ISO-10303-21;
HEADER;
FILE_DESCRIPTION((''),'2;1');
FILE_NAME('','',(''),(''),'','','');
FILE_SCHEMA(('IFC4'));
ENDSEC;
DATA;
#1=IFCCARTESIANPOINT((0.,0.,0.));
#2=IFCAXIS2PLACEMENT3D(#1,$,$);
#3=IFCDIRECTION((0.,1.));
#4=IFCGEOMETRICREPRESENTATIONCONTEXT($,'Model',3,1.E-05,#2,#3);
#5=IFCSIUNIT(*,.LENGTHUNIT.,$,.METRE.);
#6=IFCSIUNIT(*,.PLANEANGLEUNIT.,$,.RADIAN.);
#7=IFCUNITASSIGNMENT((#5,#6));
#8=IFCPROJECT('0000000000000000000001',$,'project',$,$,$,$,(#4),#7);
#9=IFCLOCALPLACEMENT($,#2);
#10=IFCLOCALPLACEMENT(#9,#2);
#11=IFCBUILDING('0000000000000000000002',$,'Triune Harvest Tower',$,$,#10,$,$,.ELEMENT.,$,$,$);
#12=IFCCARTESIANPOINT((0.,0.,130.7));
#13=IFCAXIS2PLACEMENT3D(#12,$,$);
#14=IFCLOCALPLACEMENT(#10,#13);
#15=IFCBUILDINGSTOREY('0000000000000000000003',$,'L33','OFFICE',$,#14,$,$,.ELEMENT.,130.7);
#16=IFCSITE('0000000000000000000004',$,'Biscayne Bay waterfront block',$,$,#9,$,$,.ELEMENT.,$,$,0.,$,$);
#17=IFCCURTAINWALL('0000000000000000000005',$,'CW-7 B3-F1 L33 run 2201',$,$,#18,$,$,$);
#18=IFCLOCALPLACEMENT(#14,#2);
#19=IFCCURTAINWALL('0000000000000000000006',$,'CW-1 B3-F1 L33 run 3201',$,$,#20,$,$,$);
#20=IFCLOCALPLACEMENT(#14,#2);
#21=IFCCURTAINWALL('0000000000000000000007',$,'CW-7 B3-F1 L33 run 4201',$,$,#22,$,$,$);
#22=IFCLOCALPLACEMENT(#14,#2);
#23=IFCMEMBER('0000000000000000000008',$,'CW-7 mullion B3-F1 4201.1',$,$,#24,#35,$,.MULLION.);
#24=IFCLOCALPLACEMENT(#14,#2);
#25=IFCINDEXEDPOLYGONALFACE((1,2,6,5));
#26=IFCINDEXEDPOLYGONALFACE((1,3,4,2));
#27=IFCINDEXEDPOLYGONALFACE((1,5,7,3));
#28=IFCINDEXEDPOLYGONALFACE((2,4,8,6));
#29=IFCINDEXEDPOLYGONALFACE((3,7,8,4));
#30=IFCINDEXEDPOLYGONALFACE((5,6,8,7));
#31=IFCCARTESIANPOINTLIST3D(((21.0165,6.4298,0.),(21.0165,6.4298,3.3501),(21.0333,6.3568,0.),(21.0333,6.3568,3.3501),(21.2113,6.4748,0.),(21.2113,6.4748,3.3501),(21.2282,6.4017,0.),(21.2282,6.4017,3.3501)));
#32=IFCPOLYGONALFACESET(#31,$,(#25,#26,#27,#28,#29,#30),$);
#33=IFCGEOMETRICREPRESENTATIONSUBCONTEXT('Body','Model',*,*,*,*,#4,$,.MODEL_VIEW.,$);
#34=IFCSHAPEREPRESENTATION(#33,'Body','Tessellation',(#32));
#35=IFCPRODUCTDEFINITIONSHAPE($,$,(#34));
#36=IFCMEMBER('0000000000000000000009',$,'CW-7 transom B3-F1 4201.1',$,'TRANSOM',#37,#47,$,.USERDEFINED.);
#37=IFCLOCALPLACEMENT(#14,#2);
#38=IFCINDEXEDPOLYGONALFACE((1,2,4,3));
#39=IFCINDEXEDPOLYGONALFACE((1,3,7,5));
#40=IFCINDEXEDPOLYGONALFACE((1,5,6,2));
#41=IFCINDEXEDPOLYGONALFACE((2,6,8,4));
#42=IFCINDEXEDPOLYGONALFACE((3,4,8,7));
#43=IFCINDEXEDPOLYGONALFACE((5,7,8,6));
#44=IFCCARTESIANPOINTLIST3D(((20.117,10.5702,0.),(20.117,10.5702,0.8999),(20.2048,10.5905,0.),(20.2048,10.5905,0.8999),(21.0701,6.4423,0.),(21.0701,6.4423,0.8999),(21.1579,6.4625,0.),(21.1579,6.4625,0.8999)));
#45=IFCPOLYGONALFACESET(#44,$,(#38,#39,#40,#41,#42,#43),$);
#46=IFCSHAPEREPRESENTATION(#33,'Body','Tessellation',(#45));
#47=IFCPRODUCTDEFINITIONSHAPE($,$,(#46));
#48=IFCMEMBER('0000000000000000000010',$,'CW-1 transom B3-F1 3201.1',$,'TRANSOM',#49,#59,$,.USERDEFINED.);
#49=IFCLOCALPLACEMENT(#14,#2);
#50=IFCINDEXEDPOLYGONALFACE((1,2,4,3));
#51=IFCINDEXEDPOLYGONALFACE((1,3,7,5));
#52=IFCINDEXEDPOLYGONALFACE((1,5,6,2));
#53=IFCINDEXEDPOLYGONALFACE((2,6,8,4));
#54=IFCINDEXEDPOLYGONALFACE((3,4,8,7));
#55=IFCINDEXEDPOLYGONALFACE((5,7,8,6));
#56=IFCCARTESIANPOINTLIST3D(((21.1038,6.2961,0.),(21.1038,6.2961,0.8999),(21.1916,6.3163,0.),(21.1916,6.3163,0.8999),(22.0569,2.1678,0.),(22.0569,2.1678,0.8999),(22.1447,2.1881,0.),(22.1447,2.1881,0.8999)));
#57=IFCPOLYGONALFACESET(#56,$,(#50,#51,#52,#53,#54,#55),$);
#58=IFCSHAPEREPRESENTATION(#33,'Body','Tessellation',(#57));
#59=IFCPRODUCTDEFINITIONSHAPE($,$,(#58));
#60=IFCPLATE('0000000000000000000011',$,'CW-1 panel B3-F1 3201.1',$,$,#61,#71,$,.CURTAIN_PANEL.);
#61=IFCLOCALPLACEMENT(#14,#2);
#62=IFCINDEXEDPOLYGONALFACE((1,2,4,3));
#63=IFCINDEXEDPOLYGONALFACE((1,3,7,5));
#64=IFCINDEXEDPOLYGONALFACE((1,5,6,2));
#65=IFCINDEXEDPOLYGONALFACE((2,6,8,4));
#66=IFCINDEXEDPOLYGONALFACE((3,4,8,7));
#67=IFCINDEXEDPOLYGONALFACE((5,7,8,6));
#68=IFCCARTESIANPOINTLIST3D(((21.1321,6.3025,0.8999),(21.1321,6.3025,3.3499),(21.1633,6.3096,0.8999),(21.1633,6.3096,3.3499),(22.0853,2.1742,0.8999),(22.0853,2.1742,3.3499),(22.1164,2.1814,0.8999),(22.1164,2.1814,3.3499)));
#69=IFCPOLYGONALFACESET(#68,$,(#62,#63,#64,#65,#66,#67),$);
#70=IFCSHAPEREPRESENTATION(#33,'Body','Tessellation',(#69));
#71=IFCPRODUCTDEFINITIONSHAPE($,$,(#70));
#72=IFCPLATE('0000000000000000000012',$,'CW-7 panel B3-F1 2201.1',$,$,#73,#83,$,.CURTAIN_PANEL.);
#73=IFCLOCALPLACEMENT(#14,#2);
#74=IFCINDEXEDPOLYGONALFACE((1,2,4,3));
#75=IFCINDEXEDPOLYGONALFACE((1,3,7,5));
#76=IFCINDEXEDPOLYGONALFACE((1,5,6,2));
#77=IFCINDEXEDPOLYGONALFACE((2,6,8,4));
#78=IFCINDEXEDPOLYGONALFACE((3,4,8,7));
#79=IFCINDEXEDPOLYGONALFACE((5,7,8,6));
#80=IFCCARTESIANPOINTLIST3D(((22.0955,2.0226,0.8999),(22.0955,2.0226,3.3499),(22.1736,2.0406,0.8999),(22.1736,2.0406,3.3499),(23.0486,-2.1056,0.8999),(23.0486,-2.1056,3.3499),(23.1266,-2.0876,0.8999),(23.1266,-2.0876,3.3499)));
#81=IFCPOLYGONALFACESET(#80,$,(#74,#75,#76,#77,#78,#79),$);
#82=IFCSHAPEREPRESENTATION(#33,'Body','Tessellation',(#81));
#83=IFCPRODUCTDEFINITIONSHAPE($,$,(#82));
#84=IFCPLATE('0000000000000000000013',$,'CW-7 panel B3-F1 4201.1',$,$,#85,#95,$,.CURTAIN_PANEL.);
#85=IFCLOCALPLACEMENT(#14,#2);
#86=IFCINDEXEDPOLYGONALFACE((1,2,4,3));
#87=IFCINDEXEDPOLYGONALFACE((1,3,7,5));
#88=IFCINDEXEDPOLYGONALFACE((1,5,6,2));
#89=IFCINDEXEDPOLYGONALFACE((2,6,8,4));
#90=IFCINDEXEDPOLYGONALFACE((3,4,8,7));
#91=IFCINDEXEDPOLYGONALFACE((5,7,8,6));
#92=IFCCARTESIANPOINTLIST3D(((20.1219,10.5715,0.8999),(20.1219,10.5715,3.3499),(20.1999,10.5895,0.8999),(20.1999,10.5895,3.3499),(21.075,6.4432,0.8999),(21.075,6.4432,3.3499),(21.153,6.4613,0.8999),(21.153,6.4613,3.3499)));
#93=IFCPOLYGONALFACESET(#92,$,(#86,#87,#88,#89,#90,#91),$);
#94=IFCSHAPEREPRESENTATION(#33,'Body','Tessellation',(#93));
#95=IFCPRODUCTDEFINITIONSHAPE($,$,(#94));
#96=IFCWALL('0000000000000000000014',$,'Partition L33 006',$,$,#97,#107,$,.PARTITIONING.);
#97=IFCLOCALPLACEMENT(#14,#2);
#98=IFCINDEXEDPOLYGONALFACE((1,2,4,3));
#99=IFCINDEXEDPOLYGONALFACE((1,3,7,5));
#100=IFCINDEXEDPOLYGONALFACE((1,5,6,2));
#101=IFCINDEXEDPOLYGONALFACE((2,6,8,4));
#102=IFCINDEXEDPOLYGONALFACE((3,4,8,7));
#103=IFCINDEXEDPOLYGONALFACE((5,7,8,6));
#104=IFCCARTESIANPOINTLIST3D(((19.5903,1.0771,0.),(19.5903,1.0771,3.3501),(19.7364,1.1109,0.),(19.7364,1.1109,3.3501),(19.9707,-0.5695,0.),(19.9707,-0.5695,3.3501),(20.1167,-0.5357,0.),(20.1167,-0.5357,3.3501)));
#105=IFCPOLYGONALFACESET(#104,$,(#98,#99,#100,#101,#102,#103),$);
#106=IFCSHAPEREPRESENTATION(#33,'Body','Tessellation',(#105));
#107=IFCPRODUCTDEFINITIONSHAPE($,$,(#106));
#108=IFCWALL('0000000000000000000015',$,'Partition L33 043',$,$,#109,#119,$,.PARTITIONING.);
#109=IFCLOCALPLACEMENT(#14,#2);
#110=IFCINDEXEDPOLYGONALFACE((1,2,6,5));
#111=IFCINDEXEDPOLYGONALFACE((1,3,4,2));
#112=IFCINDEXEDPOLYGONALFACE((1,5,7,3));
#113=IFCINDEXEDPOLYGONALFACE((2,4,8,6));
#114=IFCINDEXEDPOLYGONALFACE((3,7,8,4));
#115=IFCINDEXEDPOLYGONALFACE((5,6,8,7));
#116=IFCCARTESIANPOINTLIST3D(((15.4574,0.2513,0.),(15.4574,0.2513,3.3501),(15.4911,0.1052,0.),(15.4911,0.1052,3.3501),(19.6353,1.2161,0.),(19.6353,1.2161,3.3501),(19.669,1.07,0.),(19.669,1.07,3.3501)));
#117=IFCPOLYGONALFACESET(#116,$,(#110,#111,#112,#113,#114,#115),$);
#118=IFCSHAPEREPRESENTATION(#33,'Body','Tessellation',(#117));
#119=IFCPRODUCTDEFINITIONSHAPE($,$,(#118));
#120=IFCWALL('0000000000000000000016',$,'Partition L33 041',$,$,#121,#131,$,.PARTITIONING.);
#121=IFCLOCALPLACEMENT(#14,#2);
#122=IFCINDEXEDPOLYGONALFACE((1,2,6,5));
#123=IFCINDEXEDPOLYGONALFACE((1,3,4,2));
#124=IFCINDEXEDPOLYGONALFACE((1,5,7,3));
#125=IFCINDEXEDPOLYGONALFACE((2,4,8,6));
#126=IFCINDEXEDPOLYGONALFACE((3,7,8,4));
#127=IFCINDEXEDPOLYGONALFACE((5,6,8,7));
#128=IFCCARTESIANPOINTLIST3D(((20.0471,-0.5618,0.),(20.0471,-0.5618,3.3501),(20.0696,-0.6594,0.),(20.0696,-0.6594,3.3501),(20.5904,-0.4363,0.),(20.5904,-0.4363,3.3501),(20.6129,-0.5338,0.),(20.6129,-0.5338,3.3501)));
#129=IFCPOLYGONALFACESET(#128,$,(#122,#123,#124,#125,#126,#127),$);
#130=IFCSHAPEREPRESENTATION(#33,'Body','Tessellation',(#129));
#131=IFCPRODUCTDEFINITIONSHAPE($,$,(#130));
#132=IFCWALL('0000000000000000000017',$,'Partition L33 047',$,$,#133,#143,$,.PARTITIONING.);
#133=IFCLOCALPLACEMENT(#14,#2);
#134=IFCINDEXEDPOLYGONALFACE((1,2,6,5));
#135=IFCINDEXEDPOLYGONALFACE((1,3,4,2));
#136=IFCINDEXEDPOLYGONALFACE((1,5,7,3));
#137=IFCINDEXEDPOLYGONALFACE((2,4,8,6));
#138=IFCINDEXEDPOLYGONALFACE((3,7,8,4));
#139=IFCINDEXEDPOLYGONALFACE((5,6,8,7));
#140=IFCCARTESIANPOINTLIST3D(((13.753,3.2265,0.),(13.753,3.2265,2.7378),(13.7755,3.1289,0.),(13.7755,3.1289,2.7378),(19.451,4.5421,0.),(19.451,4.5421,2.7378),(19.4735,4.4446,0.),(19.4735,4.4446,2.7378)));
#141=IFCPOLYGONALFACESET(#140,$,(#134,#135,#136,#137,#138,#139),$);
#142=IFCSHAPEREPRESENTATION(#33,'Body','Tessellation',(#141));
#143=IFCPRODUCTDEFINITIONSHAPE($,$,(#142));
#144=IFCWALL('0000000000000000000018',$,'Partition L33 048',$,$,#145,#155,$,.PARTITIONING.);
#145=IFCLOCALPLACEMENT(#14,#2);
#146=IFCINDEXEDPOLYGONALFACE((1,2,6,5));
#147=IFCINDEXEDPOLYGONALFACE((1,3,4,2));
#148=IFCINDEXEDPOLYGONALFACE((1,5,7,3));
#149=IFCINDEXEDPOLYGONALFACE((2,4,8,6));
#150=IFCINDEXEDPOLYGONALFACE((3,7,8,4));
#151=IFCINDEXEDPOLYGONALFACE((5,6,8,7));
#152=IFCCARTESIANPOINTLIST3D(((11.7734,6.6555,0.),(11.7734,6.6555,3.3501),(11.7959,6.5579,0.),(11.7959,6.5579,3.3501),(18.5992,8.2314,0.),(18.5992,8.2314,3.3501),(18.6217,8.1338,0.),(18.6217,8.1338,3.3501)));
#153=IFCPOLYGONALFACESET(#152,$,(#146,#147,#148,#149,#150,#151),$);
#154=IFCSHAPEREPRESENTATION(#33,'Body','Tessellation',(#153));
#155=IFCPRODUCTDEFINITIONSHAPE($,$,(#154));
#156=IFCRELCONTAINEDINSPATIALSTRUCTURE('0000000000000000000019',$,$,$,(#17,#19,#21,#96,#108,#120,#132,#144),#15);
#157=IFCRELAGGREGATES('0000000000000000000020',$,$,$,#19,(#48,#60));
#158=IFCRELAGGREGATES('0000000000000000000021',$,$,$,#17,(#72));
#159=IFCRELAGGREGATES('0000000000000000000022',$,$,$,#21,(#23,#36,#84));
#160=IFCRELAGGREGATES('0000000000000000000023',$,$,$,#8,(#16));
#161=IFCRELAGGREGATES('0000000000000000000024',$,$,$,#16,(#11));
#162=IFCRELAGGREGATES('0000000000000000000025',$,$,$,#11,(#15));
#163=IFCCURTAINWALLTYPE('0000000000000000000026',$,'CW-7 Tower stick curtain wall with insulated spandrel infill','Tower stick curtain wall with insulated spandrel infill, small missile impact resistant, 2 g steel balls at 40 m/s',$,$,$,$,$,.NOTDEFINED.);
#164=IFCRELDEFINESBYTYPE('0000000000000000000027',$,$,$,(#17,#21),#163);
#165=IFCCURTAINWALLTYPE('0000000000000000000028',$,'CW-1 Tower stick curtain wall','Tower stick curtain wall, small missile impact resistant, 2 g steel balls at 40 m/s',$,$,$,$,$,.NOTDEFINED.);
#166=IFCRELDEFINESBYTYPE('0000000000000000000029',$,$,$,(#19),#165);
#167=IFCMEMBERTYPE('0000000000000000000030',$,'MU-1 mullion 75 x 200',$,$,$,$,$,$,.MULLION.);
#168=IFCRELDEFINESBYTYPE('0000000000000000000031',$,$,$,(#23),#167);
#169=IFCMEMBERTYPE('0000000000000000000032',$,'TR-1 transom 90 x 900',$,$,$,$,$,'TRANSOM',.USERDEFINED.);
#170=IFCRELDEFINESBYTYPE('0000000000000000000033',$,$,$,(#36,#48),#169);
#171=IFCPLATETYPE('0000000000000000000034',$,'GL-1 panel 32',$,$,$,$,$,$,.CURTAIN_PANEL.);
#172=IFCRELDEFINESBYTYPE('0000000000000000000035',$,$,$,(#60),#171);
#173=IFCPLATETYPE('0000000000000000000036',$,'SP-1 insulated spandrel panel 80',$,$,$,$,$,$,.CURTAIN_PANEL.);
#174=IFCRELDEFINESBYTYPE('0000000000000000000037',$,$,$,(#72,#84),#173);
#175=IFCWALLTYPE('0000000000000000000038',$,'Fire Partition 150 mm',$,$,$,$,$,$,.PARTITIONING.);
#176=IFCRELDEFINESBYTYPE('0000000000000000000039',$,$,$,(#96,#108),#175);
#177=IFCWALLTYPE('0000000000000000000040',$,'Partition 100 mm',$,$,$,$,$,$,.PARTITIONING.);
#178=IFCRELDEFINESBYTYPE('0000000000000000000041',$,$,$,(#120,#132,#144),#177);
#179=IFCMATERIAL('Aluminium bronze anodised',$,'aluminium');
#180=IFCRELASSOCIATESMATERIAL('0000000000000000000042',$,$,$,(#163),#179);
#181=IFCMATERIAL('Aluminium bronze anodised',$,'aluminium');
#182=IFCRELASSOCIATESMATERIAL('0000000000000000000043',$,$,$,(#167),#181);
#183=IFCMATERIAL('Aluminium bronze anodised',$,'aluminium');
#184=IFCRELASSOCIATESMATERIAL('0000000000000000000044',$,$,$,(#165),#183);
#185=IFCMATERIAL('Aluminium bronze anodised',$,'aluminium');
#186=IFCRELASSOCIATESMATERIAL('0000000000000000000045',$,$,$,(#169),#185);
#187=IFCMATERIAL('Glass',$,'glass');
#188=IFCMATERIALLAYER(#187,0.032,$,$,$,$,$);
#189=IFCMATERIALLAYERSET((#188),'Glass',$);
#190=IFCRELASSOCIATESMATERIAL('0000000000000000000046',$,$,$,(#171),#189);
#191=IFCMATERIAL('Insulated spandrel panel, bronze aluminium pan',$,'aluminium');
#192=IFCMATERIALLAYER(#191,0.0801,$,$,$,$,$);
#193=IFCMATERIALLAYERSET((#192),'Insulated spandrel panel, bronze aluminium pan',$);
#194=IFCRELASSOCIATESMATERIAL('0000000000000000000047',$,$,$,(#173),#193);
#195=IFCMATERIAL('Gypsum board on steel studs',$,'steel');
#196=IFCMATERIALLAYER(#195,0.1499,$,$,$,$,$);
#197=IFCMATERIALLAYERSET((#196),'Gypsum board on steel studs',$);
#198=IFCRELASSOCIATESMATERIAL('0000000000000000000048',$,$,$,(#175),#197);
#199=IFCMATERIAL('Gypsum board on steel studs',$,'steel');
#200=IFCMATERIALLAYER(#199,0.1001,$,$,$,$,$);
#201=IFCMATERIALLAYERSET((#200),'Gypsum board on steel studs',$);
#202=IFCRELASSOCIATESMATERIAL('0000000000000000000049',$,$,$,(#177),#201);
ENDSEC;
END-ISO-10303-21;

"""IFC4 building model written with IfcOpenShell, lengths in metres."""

from ifc_helpers import new_model, si_unit, direction, frame, frame_2d, origin, origin_2d, place, context, subcontext, project, spatial, rectangle, extrude, source, transform, mapped, material, layer, layer_set, material_profile, profile_set, type_object, element, aggregate, save


model = new_model("IFC4")

# Units and contexts
model_context = context("Model", 3, precision=1e-05, world=origin(), true_north=direction((0.0, 1.0)))
body_context = subcontext(model_context, "Body", "Model", "MODEL_VIEW")
ifc_project = project(units=[si_unit("LENGTHUNIT", "METRE"), si_unit("PLANEANGLEUNIT", "RADIAN")], contexts=[model_context])

# Site, building, storey
site_placement = place(None, origin())
site = spatial("IfcSite", under=ifc_project, at=site_placement, Name="Biscayne Bay waterfront block", CompositionType="ELEMENT", RefElevation=0.0)
building_placement = place(site_placement, origin())
building = spatial("IfcBuilding", under=site, at=building_placement, Name="Triune Harvest Tower", CompositionType="ELEMENT")
storey_placement = place(building_placement, frame((0.0, 0.0, 130.7)))
storey = spatial("IfcBuildingStorey", under=building, at=storey_placement, Name="L33", Description="OFFICE", CompositionType="ELEMENT", Elevation=130.7)

# Curtain wall
ifc_material_1 = material(Name="Aluminium bronze anodised", Category="aluminium")
curtain_wall_type_1 = type_object("IfcCurtainWallType", Name="CW-7 Tower stick curtain wall with insulated spandrel infill", Description="Tower stick curtain wall with insulated spandrel infill, small missile impact resistant, 2 g steel balls at 40 m/s", PredefinedType="NOTDEFINED", material=ifc_material_1)
curtain_wall_1_placement = place(storey_placement, origin())
curtain_wall_1 = element("IfcCurtainWall", 1, at=curtain_wall_1_placement, inside=storey, type_object=curtain_wall_type_1, Name="CW-7 B3-F1 L33 run 2201")
ifc_material_2 = material(Name="Aluminium bronze anodised", Category="aluminium")
ifc_material_profile_1 = material_profile(ifc_material_2, rectangle(XDim=0.2, YDim=0.075, at=origin_2d()), Name="MU-1 mullion 75 x 200")
ifc_profile_set_1 = profile_set([ifc_material_profile_1], Name="Aluminium bronze anodised")
member_type_1 = type_object("IfcMemberType", Name="MU-1 mullion 75 x 200", PredefinedType="MULLION", material=ifc_profile_set_1)
shared_shape_1 = source(origin(), body_context, "Body", "SweptSolid", [
    extrude(rectangle(XDim=0.2, YDim=0.075, at=origin_2d()), origin(), (0.0, 0.0, 1.0), 3.3501),
])

# Curtain walls, members
ifc_material_3 = material(Name="Aluminium bronze anodised", Category="aluminium")
curtain_wall_type_2 = type_object("IfcCurtainWallType", Name="CW-1 Tower stick curtain wall", Description="Tower stick curtain wall, small missile impact resistant, 2 g steel balls at 40 m/s", PredefinedType="NOTDEFINED", material=ifc_material_3)
curtain_wall_2_placement = place(storey_placement, origin())
curtain_wall_2 = element("IfcCurtainWall", 2, at=curtain_wall_2_placement, inside=storey, type_object=curtain_wall_type_2, Name="CW-1 B3-F1 L33 run 3201")
curtain_wall_3_placement = place(storey_placement, origin())
curtain_wall_3 = element("IfcCurtainWall", 3, at=curtain_wall_3_placement, inside=storey, type_object=curtain_wall_type_1, Name="CW-7 B3-F1 L33 run 4201")
member_1_placement = place(storey_placement, frame((21.1223, 6.4158, 0.0), z_axis=(0.0, 0.0, 1.0), x_axis=(-0.97437, -0.224951, 0.0)))
member_1 = element("IfcMember", 4, at=member_1_placement, type_object=member_type_1, Name="CW-7 mullion B3-F1 4201.1", PredefinedType="MULLION", context=body_context, shape_type="MappedRepresentation", body=[
    mapped(shared_shape_1, transform((0.0, 0.0, 0.0), scale=1.0)),
])
ifc_material_4 = material(Name="Aluminium bronze anodised", Category="aluminium")
ifc_material_profile_2 = material_profile(ifc_material_4, rectangle(XDim=0.0901, YDim=0.8999, at=origin_2d()), Name="TR-1 transom 90 x 900")
ifc_profile_set_2 = profile_set([ifc_material_profile_2], Name="Aluminium bronze anodised")
member_type_2 = type_object("IfcMemberType", Name="TR-1 transom 90 x 900", ElementType="TRANSOM", PredefinedType="USERDEFINED", material=ifc_profile_set_2)
shared_shape_2 = source(origin(), body_context, "Body", "SweptSolid", [
    extrude(rectangle(XDim=0.0901, YDim=0.8999, at=origin_2d()), origin(), (0.0, 0.0, 1.0), 4.2366),
])
member_2_placement = place(storey_placement, frame((21.114, 6.4524, 0.45), z_axis=(-0.224977, 0.974364, 0.0), x_axis=(-0.974364, -0.224977, 0.0)))
member_2 = element("IfcMember", 5, at=member_2_placement, type_object=member_type_2, Name="CW-7 transom B3-F1 4201.1", ObjectType="TRANSOM", PredefinedType="USERDEFINED", context=body_context, shape_type="MappedRepresentation", body=[
    mapped(shared_shape_2, transform((0.0, 0.0, 0.0), scale=1.0)),
])

# Member
shared_shape_3 = source(origin(), body_context, "Body", "SweptSolid", [
    extrude(rectangle(XDim=0.0901, YDim=0.8999, at=origin_2d()), origin(), (0.0, 0.0, 1.0), 4.2368),
])
member_3_placement = place(storey_placement, frame((22.1008, 2.178, 0.45), z_axis=(-0.224965, 0.974367, 0.0), x_axis=(-0.974367, -0.224965, 0.0)))
member_3 = element("IfcMember", 6, at=member_3_placement, type_object=member_type_2, Name="CW-1 transom B3-F1 3201.1", ObjectType="TRANSOM", PredefinedType="USERDEFINED", context=body_context, shape_type="MappedRepresentation", body=[
    mapped(shared_shape_3, transform((0.0, 0.0, 0.0), scale=1.0)),
])

# Plates
ifc_material_5 = material(Name="Glass", Category="glass")
ifc_layer_1 = layer(ifc_material_5, 0.032)
ifc_layer_set_1 = layer_set([ifc_layer_1], Name="Glass")
plate_type_1 = type_object("IfcPlateType", Name="GL-1 panel 32", PredefinedType="CURTAIN_PANEL", material=ifc_layer_set_1)
shared_shape_4 = source(origin(), body_context, "Body", "SweptSolid", [
    extrude(rectangle(XDim=4.2368, YDim=0.032, at=origin_2d()), origin(), (0.0, 0.0, 1.0), 2.45),
])
plate_1_placement = place(storey_placement, frame((21.6243, 4.2419, 0.8999), z_axis=(0.0, 0.0, 1.0), x_axis=(-0.224968, 0.974366, 0.0)))
plate_1 = element("IfcPlate", 7, at=plate_1_placement, type_object=plate_type_1, Name="CW-1 panel B3-F1 3201.1", PredefinedType="CURTAIN_PANEL", context=body_context, shape_type="MappedRepresentation", body=[
    mapped(shared_shape_4, transform((0.0, 0.0, 0.0), scale=1.0)),
])
aggregate(curtain_wall_2, [member_3, plate_1])
ifc_material_6 = material(Name="Insulated spandrel panel, bronze aluminium pan", Category="aluminium")
ifc_layer_2 = layer(ifc_material_6, 0.0801)
ifc_layer_set_2 = layer_set([ifc_layer_2], Name="Insulated spandrel panel, bronze aluminium pan")
plate_type_2 = type_object("IfcPlateType", Name="SP-1 insulated spandrel panel 80", PredefinedType="CURTAIN_PANEL", material=ifc_layer_set_2)
shared_shape_5 = source(origin(), body_context, "Body", "SweptSolid", [
    extrude(rectangle(XDim=4.2368, YDim=0.0801, at=origin_2d()), origin(), (0.0, 0.0, 1.0), 2.45),
])
plate_2_placement = place(storey_placement, frame((22.6111, -0.0325, 0.8999), z_axis=(0.0, 0.0, 1.0), x_axis=(-0.224951, 0.97437, 0.0)))
plate_2 = element("IfcPlate", 8, at=plate_2_placement, type_object=plate_type_2, Name="CW-7 panel B3-F1 2201.1", PredefinedType="CURTAIN_PANEL", context=body_context, shape_type="MappedRepresentation", body=[
    mapped(shared_shape_5, transform((0.0, 0.0, 0.0), scale=1.0)),
])
aggregate(curtain_wall_1, [plate_2])
plate_3_placement = place(storey_placement, frame((20.6375, 8.5164, 0.8999), z_axis=(0.0, 0.0, 1.0), x_axis=(-0.224951, 0.97437, 0.0)))
plate_3 = element("IfcPlate", 9, at=plate_3_placement, type_object=plate_type_2, Name="CW-7 panel B3-F1 4201.1", PredefinedType="CURTAIN_PANEL", context=body_context, shape_type="MappedRepresentation", body=[
    mapped(shared_shape_5, transform((0.0, 0.0, 0.0), scale=1.0)),
])
aggregate(curtain_wall_3, [member_1, member_2, plate_3])

# Walls
ifc_material_7 = material(Name="Gypsum board on steel studs", Category="steel")
ifc_layer_3 = layer(ifc_material_7, 0.1499)
ifc_layer_set_3 = layer_set([ifc_layer_3], Name="Gypsum board on steel studs")
wall_type_1 = type_object("IfcWallType", Name="Fire Partition 150 mm", PredefinedType="PARTITIONING", material=ifc_layer_set_3)
wall_1_placement = place(storey_placement, frame((19.6633, 1.094, 0.0), z_axis=(0.0, 0.0, 1.0), x_axis=(0.225092, -0.974338, 0.0)))
element("IfcWall", 10, at=wall_1_placement, inside=storey, type_object=wall_type_1, Name="Partition L33 006", PredefinedType="PARTITIONING", context=body_context, shape_type="SweptSolid", body=[
    extrude(rectangle(XDim=1.6899, YDim=0.1499, at=frame_2d((0.845, 0.0))), origin(), (0.0, 0.0, 1.0), 3.3501),
])
wall_2_placement = place(storey_placement, frame((15.4741, 0.1782, 0.0), z_axis=(0.0, 0.0, 1.0), x_axis=(0.974356, 0.225013, 0.0)))
element("IfcWall", 11, at=wall_2_placement, inside=storey, type_object=wall_type_1, Name="Partition L33 043", PredefinedType="PARTITIONING", context=body_context, shape_type="SweptSolid", body=[
    extrude(rectangle(XDim=4.2878, YDim=0.1499, at=frame_2d((2.144, 0.0))), origin(), (0.0, 0.0, 1.0), 3.3501),
])
ifc_material_8 = material(Name="Gypsum board on steel studs", Category="steel")
ifc_layer_4 = layer(ifc_material_8, 0.1001)
ifc_layer_set_4 = layer_set([ifc_layer_4], Name="Gypsum board on steel studs")
wall_type_2 = type_object("IfcWallType", Name="Partition 100 mm", PredefinedType="PARTITIONING", material=ifc_layer_set_4)
wall_3_placement = place(storey_placement, frame((20.0583, -0.6106, 0.0), z_axis=(0.0, 0.0, 1.0), x_axis=(0.97434, 0.225083, 0.0)))
element("IfcWall", 12, at=wall_3_placement, inside=storey, type_object=wall_type_2, Name="Partition L33 041", PredefinedType="PARTITIONING", context=body_context, shape_type="SweptSolid", body=[
    extrude(rectangle(XDim=0.5576, YDim=0.1001, at=frame_2d((0.2788, 0.0))), origin(), (0.0, 0.0, 1.0), 3.3501),
])
wall_4_placement = place(storey_placement, frame((13.7644, 3.1777, 0.0), z_axis=(0.0, 0.0, 1.0), x_axis=(0.974363, 0.224981, 0.0)))
element("IfcWall", 13, at=wall_4_placement, inside=storey, type_object=wall_type_2, Name="Partition L33 047", PredefinedType="PARTITIONING", context=body_context, shape_type="SweptSolid", body=[
    extrude(rectangle(XDim=5.8479, YDim=0.1001, at=frame_2d((2.9238, 0.0))), origin(), (0.0, 0.0, 1.0), 2.7378),
])
wall_5_placement = place(storey_placement, frame((11.7847, 6.6067, 0.0), z_axis=(0.0, 0.0, 1.0), x_axis=(0.974369, 0.224956, 0.0)))
element("IfcWall", 14, at=wall_5_placement, inside=storey, type_object=wall_type_2, Name="Partition L33 048", PredefinedType="PARTITIONING", context=body_context, shape_type="SweptSolid", body=[
    extrude(rectangle(XDim=7.0054, YDim=0.1001, at=frame_2d((3.5027, 0.0))), origin(), (0.0, 0.0, 1.0), 3.3501),
])

save(model, "model.ifc")
